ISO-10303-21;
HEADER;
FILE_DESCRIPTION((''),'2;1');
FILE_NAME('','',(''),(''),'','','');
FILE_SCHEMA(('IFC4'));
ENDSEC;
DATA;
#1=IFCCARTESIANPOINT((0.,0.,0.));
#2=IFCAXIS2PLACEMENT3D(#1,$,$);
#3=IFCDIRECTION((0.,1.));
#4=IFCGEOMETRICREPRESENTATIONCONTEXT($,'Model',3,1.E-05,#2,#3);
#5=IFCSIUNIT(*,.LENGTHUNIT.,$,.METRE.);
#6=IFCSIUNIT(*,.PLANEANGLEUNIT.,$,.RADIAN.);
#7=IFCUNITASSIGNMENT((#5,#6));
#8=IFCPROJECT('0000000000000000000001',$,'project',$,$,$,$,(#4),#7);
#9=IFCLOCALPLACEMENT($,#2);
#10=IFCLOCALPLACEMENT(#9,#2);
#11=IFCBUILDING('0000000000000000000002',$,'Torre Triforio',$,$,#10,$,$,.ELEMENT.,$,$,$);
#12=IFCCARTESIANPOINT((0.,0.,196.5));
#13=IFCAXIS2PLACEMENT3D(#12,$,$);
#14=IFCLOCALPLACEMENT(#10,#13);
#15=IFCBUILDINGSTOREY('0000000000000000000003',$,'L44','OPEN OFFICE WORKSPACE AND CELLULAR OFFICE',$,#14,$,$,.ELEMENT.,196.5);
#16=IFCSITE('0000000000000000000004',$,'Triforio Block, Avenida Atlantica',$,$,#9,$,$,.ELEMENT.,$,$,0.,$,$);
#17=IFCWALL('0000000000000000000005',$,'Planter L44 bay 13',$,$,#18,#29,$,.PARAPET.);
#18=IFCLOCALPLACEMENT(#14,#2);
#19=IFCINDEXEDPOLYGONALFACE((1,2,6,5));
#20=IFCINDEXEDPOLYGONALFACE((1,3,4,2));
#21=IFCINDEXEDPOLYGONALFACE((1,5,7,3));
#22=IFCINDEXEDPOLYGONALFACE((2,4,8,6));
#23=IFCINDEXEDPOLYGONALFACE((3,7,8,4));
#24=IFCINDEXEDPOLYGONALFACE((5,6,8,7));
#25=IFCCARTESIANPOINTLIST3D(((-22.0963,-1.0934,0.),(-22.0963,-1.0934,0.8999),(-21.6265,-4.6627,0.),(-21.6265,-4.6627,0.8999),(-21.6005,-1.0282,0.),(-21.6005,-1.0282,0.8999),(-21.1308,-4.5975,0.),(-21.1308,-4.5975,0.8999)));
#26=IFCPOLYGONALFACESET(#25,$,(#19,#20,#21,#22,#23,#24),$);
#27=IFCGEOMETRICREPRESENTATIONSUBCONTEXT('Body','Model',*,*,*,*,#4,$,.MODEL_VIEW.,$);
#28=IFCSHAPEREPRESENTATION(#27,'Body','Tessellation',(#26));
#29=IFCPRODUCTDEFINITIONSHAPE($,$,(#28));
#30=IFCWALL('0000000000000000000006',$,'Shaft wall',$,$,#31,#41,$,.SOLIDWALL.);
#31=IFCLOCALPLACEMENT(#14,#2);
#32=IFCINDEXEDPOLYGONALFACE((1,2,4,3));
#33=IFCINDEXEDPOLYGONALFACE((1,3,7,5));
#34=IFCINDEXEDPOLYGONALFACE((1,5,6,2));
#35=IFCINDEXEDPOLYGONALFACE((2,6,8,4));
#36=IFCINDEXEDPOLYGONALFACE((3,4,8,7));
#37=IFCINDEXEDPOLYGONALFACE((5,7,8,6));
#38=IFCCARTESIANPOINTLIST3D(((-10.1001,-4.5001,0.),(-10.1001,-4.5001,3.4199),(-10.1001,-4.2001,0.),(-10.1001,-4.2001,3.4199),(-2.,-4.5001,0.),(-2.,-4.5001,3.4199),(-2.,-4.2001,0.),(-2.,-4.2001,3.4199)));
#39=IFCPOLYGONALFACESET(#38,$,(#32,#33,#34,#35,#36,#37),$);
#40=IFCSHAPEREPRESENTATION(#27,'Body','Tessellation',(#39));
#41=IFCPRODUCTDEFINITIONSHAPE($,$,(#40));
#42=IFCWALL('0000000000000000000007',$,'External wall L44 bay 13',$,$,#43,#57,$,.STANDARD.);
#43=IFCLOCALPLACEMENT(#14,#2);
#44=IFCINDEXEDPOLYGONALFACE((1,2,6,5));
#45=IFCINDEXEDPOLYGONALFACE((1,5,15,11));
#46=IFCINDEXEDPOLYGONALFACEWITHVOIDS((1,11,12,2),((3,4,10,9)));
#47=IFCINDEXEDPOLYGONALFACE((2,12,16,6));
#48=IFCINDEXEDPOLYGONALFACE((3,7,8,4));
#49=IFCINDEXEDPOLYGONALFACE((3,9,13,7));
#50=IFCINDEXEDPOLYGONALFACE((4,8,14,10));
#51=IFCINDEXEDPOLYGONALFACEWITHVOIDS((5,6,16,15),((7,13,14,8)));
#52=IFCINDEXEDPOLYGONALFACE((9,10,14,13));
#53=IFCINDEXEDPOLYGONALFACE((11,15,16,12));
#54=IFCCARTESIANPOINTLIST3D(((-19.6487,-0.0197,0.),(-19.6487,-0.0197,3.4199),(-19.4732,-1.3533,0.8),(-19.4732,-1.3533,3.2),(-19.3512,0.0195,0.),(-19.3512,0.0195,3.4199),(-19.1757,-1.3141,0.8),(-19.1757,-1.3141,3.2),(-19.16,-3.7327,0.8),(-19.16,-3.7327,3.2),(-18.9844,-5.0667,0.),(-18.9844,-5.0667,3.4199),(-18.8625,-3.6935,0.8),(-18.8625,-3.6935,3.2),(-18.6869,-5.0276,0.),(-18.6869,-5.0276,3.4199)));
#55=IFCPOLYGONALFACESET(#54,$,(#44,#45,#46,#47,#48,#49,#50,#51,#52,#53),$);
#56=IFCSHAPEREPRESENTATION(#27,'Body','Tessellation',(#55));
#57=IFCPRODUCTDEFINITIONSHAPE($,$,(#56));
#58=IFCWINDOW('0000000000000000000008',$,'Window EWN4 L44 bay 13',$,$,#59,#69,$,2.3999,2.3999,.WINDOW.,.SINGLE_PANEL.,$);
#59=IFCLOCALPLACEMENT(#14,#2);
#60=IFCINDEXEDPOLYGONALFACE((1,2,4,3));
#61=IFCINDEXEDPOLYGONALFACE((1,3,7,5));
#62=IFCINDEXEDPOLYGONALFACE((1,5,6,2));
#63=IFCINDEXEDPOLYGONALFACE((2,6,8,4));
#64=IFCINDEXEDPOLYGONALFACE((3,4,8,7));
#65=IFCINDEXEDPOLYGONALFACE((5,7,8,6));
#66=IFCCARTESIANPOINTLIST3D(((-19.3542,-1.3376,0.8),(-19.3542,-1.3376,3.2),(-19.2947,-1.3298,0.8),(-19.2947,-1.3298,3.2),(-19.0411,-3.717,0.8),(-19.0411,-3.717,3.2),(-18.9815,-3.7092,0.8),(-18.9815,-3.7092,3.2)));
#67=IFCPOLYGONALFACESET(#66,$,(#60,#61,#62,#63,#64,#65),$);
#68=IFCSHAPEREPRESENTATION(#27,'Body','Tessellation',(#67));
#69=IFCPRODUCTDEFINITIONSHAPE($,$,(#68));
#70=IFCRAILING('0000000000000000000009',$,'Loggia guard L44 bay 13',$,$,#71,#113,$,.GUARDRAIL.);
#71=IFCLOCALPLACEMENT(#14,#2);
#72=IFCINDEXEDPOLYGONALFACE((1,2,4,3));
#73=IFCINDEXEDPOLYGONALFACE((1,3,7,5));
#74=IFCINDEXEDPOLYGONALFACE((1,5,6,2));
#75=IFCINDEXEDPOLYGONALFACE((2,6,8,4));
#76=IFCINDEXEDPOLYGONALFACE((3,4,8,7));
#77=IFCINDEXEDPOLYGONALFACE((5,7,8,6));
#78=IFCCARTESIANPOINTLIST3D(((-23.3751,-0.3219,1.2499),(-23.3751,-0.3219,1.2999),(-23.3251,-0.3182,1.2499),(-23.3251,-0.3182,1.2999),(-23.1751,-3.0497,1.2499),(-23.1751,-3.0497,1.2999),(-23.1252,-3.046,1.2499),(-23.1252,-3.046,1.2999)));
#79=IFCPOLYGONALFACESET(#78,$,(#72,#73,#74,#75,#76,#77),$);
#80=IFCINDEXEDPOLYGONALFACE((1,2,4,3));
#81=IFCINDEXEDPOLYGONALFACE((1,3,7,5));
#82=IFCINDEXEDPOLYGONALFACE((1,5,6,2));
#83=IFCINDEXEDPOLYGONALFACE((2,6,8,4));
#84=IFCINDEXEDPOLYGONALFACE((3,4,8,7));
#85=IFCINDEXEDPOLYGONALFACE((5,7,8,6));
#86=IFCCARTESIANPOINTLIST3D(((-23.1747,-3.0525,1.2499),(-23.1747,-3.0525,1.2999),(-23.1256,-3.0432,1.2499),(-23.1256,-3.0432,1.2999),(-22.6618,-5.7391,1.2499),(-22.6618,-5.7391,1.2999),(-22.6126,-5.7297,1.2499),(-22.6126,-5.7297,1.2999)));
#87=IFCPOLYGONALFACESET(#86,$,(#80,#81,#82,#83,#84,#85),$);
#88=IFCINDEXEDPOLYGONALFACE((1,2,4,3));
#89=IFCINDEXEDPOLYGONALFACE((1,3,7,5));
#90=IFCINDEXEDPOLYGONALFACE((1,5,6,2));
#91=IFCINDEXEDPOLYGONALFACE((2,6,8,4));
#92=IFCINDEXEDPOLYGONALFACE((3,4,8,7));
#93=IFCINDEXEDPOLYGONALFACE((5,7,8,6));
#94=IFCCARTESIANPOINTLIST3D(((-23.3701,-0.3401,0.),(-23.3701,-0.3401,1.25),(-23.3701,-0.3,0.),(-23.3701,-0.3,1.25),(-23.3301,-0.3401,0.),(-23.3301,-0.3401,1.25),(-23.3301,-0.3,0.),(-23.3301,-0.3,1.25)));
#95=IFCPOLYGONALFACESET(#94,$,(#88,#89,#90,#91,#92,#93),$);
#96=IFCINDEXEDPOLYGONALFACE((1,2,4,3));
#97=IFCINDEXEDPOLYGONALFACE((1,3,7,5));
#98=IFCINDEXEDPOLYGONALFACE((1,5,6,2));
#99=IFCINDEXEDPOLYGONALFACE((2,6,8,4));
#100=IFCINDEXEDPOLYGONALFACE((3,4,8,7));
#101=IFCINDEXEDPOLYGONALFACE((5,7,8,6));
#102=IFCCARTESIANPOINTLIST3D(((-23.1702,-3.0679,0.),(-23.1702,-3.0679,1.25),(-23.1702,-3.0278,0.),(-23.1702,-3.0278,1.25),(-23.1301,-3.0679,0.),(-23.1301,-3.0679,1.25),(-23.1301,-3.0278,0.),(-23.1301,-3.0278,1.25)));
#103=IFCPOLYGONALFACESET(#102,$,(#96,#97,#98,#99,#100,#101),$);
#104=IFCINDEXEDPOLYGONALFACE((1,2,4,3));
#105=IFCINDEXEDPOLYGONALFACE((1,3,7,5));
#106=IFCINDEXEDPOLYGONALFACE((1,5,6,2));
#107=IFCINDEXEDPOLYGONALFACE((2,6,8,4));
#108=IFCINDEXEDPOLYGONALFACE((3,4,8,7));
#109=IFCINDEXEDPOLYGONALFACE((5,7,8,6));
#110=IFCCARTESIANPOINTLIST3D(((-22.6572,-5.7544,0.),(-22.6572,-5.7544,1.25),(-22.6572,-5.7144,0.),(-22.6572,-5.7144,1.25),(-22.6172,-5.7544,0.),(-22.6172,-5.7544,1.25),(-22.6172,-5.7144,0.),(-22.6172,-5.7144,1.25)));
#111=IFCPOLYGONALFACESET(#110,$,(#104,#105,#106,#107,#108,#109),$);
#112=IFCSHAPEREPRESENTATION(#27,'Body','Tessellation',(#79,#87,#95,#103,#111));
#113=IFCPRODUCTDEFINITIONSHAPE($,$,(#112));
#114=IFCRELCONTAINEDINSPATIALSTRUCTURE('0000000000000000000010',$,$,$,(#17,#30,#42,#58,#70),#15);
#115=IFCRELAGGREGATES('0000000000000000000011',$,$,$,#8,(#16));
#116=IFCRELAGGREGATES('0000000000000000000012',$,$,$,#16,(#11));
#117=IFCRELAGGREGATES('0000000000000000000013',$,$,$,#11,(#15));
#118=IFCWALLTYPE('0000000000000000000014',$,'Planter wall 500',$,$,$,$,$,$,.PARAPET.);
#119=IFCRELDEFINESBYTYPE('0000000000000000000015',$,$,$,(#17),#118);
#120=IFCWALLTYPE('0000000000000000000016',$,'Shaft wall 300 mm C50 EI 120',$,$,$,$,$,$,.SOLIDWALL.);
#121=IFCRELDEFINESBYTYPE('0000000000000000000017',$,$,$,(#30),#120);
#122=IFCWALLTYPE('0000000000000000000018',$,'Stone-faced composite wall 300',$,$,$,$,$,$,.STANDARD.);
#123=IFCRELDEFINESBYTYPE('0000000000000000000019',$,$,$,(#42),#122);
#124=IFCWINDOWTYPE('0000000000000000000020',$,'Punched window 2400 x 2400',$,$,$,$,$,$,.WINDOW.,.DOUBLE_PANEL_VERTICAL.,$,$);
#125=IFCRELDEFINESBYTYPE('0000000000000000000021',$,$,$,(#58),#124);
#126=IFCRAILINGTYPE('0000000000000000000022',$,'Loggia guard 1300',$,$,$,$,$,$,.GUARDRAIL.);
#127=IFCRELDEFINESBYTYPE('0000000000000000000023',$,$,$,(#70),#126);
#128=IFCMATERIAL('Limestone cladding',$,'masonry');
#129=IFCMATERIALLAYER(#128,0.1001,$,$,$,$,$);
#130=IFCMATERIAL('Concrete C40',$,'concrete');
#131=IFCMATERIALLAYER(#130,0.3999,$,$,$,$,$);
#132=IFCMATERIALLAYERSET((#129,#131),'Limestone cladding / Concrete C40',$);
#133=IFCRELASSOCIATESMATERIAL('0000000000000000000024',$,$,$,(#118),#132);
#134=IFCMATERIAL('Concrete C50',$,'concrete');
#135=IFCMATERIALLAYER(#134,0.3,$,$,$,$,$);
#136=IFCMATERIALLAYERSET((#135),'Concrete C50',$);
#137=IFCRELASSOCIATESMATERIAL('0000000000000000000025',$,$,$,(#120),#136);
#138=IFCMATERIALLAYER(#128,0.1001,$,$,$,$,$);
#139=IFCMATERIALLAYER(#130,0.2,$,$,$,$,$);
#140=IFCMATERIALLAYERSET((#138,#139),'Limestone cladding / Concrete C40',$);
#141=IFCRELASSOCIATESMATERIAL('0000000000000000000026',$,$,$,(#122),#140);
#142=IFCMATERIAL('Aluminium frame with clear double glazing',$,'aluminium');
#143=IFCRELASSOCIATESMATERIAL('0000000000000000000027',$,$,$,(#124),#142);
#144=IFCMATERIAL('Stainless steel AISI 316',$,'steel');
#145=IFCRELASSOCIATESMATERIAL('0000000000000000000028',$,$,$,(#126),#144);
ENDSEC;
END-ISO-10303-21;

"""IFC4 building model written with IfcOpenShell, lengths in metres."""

from ifc_helpers import new_model, si_unit, direction, frame, frame_2d, origin, origin_2d, place, context, subcontext, project, spatial, rectangle, extrude, material, layer, layer_set, type_object, element, fill, save


model = new_model("IFC4")

# Units and contexts
model_context = context("Model", 3, precision=1e-05, world=origin(), true_north=direction((0.0, 1.0)))
body_context = subcontext(model_context, "Body", "Model", "MODEL_VIEW")
ifc_project = project(units=[si_unit("LENGTHUNIT", "METRE"), si_unit("PLANEANGLEUNIT", "RADIAN")], contexts=[model_context])

# Site, building, storey
site_placement = place(None, origin())
site = spatial("IfcSite", under=ifc_project, at=site_placement, Name="Triforio Block, Avenida Atlantica", CompositionType="ELEMENT", RefElevation=0.0)
building_placement = place(site_placement, origin())
building = spatial("IfcBuilding", under=site, at=building_placement, Name="Torre Triforio", CompositionType="ELEMENT")
storey_placement = place(building_placement, frame((0.0, 0.0, 196.5)))
storey = spatial("IfcBuildingStorey", under=building, at=storey_placement, Name="L44", Description="OPEN OFFICE WORKSPACE AND CELLULAR OFFICE", CompositionType="ELEMENT", Elevation=196.5)

# Shared definitions
ifc_material_1 = material(Name="Concrete C50", Category="concrete")

# Shared definitions
ifc_material_2 = material(Name="Concrete C40", Category="concrete")

# Walls
ifc_material_3 = material(Name="Limestone cladding", Category="masonry")
ifc_layer_1 = layer(ifc_material_3, 0.1001)
ifc_layer_2 = layer(ifc_material_2, 0.3999)
ifc_layer_set_1 = layer_set([ifc_layer_1, ifc_layer_2], Name="Limestone cladding / Concrete C40")
wall_type_1 = type_object("IfcWallType", Name="Planter wall 500", PredefinedType="PARAPET", material=ifc_layer_set_1)
wall_1_placement = place(storey_placement, frame((-21.8484, -1.0608, 0.0), z_axis=(0.0, 0.0, 1.0), x_axis=(0.130476, -0.991452, 0.0)))
element("IfcWall", 1, at=wall_1_placement, inside=storey, type_object=wall_type_1, Name="Planter L44 bay 13", PredefinedType="PARAPET", context=body_context, shape_type="SweptSolid", body=[
    extrude(rectangle(XDim=3.6001, YDim=0.5, at=frame_2d((1.8, 0.0))), origin(), (0.0, 0.0, 1.0), 0.8999),
])
ifc_layer_3 = layer(ifc_material_1, 0.3)
ifc_layer_set_2 = layer_set([ifc_layer_3], Name="Concrete C50")
wall_type_2 = type_object("IfcWallType", Name="Shaft wall 300 mm C50 EI 120", PredefinedType="SOLIDWALL", material=ifc_layer_set_2)
wall_2_placement = place(storey_placement, frame((-10.1001, -4.3501, 0.0), z_axis=(0.0, 0.0, 1.0), x_axis=(1.0, 0.0, 0.0)))
element("IfcWall", 2, at=wall_2_placement, inside=storey, type_object=wall_type_2, Name="Shaft wall", PredefinedType="SOLIDWALL", context=body_context, shape_type="SweptSolid", body=[
    extrude(rectangle(XDim=8.1001, YDim=0.3, at=frame_2d((4.05, 0.0))), origin(), (0.0, 0.0, 1.0), 3.4199),
])

# Wall, opening, window
ifc_layer_4 = layer(ifc_material_3, 0.1001)
ifc_layer_5 = layer(ifc_material_2, 0.2)
ifc_layer_set_3 = layer_set([ifc_layer_4, ifc_layer_5], Name="Limestone cladding / Concrete C40")
wall_type_3 = type_object("IfcWallType", Name="Stone-faced composite wall 300", PredefinedType="STANDARD", material=ifc_layer_set_3)
wall_3_placement = place(storey_placement, frame((-19.5, 0.0, 0.0), z_axis=(0.0, 0.0, 1.0), x_axis=(0.130495, -0.991449, 0.0)))
wall_3 = element("IfcWall", 3, at=wall_3_placement, inside=storey, type_object=wall_type_3, Name="External wall L44 bay 13", PredefinedType="STANDARD", context=body_context, shape_type="SweptSolid", body=[
    extrude(rectangle(XDim=5.0906, YDim=0.3, at=frame_2d((2.5454, 0.0))), origin(), (0.0, 0.0, 1.0), 3.4199),
])
opening_1_placement = place(wall_3_placement, frame((1.3452, 0.0, 0.8)))
opening_1 = element("IfcOpeningElement", 4, at=opening_1_placement, cuts=wall_3, PredefinedType="OPENING", context=body_context, shape_type="SweptSolid", body=[
    extrude(rectangle(XDim=2.3999, YDim=2.3999, at=frame_2d((1.2, 1.2))), frame((0.0, 0.1599, 0.0), z_axis=(0.0, -1.0, 0.0), x_axis=(1.0, 0.0, 0.0)), (0.0, 0.0, 1.0), 0.3201),
])
ifc_material_4 = material(Name="Aluminium frame with clear double glazing", Category="aluminium")
window_type_1 = type_object("IfcWindowType", Name="Punched window 2400 x 2400", PartitioningType="DOUBLE_PANEL_VERTICAL", PredefinedType="WINDOW", material=ifc_material_4)
window_1_placement = place(opening_1_placement, origin())
window_1 = element("IfcWindow", 5, at=window_1_placement, inside=storey, type_object=window_type_1, Name="Window EWN4 L44 bay 13", OverallHeight=2.3999, OverallWidth=2.3999, PartitioningType="SINGLE_PANEL", PredefinedType="WINDOW", context=body_context, shape_type="SweptSolid", body=[
    extrude(rectangle(XDim=2.3999, YDim=2.3999, at=frame_2d((1.2, 1.2))), frame((0.0, 0.03, 0.0), z_axis=(0.0, -1.0, 0.0), x_axis=(1.0, 0.0, 0.0)), (0.0, 0.0, 1.0), 0.0601),
])
fill(opening_1, window_1)

# Railing
ifc_material_5 = material(Name="Stainless steel AISI 316", Category="steel")
railing_type = type_object("IfcRailingType", Name="Loggia guard 1300", PredefinedType="GUARDRAIL", material=ifc_material_5)
railing_placement = place(storey_placement, frame((-23.3501, -0.3201, 0.0)))
element("IfcRailing", 6, at=railing_placement, inside=storey, type_object=railing_type, Name="Loggia guard L44 bay 13", PredefinedType="GUARDRAIL", context=body_context, shape_type="SweptSolid", body=[
    extrude(rectangle(XDim=0.05, YDim=0.05, at=origin_2d()), frame((0.0, 0.0, 1.2749), z_axis=(0.073106, -0.997324, 0.0), x_axis=(0.997324, 0.073106, 0.0)), (0.0, 0.0, 1.0), 2.7351),
    extrude(rectangle(XDim=0.05, YDim=0.05, at=origin_2d()), frame((0.2, -2.7278, 1.2749), z_axis=(0.187543, -0.982256, 0.0), x_axis=(0.982256, 0.187543, 0.0)), (0.0, 0.0, 1.0), 2.7351),
    extrude(rectangle(XDim=0.04, YDim=0.04, at=origin_2d()), origin(), (0.0, 0.0, 1.0), 1.25),
    extrude(rectangle(XDim=0.04, YDim=0.04, at=origin_2d()), frame((0.2, -2.7278, 0.0)), (0.0, 0.0, 1.0), 1.25),
    extrude(rectangle(XDim=0.04, YDim=0.04, at=origin_2d()), frame((0.7129, -5.4143, 0.0)), (0.0, 0.0, 1.0), 1.25),
])

save(model, "model.ifc")
